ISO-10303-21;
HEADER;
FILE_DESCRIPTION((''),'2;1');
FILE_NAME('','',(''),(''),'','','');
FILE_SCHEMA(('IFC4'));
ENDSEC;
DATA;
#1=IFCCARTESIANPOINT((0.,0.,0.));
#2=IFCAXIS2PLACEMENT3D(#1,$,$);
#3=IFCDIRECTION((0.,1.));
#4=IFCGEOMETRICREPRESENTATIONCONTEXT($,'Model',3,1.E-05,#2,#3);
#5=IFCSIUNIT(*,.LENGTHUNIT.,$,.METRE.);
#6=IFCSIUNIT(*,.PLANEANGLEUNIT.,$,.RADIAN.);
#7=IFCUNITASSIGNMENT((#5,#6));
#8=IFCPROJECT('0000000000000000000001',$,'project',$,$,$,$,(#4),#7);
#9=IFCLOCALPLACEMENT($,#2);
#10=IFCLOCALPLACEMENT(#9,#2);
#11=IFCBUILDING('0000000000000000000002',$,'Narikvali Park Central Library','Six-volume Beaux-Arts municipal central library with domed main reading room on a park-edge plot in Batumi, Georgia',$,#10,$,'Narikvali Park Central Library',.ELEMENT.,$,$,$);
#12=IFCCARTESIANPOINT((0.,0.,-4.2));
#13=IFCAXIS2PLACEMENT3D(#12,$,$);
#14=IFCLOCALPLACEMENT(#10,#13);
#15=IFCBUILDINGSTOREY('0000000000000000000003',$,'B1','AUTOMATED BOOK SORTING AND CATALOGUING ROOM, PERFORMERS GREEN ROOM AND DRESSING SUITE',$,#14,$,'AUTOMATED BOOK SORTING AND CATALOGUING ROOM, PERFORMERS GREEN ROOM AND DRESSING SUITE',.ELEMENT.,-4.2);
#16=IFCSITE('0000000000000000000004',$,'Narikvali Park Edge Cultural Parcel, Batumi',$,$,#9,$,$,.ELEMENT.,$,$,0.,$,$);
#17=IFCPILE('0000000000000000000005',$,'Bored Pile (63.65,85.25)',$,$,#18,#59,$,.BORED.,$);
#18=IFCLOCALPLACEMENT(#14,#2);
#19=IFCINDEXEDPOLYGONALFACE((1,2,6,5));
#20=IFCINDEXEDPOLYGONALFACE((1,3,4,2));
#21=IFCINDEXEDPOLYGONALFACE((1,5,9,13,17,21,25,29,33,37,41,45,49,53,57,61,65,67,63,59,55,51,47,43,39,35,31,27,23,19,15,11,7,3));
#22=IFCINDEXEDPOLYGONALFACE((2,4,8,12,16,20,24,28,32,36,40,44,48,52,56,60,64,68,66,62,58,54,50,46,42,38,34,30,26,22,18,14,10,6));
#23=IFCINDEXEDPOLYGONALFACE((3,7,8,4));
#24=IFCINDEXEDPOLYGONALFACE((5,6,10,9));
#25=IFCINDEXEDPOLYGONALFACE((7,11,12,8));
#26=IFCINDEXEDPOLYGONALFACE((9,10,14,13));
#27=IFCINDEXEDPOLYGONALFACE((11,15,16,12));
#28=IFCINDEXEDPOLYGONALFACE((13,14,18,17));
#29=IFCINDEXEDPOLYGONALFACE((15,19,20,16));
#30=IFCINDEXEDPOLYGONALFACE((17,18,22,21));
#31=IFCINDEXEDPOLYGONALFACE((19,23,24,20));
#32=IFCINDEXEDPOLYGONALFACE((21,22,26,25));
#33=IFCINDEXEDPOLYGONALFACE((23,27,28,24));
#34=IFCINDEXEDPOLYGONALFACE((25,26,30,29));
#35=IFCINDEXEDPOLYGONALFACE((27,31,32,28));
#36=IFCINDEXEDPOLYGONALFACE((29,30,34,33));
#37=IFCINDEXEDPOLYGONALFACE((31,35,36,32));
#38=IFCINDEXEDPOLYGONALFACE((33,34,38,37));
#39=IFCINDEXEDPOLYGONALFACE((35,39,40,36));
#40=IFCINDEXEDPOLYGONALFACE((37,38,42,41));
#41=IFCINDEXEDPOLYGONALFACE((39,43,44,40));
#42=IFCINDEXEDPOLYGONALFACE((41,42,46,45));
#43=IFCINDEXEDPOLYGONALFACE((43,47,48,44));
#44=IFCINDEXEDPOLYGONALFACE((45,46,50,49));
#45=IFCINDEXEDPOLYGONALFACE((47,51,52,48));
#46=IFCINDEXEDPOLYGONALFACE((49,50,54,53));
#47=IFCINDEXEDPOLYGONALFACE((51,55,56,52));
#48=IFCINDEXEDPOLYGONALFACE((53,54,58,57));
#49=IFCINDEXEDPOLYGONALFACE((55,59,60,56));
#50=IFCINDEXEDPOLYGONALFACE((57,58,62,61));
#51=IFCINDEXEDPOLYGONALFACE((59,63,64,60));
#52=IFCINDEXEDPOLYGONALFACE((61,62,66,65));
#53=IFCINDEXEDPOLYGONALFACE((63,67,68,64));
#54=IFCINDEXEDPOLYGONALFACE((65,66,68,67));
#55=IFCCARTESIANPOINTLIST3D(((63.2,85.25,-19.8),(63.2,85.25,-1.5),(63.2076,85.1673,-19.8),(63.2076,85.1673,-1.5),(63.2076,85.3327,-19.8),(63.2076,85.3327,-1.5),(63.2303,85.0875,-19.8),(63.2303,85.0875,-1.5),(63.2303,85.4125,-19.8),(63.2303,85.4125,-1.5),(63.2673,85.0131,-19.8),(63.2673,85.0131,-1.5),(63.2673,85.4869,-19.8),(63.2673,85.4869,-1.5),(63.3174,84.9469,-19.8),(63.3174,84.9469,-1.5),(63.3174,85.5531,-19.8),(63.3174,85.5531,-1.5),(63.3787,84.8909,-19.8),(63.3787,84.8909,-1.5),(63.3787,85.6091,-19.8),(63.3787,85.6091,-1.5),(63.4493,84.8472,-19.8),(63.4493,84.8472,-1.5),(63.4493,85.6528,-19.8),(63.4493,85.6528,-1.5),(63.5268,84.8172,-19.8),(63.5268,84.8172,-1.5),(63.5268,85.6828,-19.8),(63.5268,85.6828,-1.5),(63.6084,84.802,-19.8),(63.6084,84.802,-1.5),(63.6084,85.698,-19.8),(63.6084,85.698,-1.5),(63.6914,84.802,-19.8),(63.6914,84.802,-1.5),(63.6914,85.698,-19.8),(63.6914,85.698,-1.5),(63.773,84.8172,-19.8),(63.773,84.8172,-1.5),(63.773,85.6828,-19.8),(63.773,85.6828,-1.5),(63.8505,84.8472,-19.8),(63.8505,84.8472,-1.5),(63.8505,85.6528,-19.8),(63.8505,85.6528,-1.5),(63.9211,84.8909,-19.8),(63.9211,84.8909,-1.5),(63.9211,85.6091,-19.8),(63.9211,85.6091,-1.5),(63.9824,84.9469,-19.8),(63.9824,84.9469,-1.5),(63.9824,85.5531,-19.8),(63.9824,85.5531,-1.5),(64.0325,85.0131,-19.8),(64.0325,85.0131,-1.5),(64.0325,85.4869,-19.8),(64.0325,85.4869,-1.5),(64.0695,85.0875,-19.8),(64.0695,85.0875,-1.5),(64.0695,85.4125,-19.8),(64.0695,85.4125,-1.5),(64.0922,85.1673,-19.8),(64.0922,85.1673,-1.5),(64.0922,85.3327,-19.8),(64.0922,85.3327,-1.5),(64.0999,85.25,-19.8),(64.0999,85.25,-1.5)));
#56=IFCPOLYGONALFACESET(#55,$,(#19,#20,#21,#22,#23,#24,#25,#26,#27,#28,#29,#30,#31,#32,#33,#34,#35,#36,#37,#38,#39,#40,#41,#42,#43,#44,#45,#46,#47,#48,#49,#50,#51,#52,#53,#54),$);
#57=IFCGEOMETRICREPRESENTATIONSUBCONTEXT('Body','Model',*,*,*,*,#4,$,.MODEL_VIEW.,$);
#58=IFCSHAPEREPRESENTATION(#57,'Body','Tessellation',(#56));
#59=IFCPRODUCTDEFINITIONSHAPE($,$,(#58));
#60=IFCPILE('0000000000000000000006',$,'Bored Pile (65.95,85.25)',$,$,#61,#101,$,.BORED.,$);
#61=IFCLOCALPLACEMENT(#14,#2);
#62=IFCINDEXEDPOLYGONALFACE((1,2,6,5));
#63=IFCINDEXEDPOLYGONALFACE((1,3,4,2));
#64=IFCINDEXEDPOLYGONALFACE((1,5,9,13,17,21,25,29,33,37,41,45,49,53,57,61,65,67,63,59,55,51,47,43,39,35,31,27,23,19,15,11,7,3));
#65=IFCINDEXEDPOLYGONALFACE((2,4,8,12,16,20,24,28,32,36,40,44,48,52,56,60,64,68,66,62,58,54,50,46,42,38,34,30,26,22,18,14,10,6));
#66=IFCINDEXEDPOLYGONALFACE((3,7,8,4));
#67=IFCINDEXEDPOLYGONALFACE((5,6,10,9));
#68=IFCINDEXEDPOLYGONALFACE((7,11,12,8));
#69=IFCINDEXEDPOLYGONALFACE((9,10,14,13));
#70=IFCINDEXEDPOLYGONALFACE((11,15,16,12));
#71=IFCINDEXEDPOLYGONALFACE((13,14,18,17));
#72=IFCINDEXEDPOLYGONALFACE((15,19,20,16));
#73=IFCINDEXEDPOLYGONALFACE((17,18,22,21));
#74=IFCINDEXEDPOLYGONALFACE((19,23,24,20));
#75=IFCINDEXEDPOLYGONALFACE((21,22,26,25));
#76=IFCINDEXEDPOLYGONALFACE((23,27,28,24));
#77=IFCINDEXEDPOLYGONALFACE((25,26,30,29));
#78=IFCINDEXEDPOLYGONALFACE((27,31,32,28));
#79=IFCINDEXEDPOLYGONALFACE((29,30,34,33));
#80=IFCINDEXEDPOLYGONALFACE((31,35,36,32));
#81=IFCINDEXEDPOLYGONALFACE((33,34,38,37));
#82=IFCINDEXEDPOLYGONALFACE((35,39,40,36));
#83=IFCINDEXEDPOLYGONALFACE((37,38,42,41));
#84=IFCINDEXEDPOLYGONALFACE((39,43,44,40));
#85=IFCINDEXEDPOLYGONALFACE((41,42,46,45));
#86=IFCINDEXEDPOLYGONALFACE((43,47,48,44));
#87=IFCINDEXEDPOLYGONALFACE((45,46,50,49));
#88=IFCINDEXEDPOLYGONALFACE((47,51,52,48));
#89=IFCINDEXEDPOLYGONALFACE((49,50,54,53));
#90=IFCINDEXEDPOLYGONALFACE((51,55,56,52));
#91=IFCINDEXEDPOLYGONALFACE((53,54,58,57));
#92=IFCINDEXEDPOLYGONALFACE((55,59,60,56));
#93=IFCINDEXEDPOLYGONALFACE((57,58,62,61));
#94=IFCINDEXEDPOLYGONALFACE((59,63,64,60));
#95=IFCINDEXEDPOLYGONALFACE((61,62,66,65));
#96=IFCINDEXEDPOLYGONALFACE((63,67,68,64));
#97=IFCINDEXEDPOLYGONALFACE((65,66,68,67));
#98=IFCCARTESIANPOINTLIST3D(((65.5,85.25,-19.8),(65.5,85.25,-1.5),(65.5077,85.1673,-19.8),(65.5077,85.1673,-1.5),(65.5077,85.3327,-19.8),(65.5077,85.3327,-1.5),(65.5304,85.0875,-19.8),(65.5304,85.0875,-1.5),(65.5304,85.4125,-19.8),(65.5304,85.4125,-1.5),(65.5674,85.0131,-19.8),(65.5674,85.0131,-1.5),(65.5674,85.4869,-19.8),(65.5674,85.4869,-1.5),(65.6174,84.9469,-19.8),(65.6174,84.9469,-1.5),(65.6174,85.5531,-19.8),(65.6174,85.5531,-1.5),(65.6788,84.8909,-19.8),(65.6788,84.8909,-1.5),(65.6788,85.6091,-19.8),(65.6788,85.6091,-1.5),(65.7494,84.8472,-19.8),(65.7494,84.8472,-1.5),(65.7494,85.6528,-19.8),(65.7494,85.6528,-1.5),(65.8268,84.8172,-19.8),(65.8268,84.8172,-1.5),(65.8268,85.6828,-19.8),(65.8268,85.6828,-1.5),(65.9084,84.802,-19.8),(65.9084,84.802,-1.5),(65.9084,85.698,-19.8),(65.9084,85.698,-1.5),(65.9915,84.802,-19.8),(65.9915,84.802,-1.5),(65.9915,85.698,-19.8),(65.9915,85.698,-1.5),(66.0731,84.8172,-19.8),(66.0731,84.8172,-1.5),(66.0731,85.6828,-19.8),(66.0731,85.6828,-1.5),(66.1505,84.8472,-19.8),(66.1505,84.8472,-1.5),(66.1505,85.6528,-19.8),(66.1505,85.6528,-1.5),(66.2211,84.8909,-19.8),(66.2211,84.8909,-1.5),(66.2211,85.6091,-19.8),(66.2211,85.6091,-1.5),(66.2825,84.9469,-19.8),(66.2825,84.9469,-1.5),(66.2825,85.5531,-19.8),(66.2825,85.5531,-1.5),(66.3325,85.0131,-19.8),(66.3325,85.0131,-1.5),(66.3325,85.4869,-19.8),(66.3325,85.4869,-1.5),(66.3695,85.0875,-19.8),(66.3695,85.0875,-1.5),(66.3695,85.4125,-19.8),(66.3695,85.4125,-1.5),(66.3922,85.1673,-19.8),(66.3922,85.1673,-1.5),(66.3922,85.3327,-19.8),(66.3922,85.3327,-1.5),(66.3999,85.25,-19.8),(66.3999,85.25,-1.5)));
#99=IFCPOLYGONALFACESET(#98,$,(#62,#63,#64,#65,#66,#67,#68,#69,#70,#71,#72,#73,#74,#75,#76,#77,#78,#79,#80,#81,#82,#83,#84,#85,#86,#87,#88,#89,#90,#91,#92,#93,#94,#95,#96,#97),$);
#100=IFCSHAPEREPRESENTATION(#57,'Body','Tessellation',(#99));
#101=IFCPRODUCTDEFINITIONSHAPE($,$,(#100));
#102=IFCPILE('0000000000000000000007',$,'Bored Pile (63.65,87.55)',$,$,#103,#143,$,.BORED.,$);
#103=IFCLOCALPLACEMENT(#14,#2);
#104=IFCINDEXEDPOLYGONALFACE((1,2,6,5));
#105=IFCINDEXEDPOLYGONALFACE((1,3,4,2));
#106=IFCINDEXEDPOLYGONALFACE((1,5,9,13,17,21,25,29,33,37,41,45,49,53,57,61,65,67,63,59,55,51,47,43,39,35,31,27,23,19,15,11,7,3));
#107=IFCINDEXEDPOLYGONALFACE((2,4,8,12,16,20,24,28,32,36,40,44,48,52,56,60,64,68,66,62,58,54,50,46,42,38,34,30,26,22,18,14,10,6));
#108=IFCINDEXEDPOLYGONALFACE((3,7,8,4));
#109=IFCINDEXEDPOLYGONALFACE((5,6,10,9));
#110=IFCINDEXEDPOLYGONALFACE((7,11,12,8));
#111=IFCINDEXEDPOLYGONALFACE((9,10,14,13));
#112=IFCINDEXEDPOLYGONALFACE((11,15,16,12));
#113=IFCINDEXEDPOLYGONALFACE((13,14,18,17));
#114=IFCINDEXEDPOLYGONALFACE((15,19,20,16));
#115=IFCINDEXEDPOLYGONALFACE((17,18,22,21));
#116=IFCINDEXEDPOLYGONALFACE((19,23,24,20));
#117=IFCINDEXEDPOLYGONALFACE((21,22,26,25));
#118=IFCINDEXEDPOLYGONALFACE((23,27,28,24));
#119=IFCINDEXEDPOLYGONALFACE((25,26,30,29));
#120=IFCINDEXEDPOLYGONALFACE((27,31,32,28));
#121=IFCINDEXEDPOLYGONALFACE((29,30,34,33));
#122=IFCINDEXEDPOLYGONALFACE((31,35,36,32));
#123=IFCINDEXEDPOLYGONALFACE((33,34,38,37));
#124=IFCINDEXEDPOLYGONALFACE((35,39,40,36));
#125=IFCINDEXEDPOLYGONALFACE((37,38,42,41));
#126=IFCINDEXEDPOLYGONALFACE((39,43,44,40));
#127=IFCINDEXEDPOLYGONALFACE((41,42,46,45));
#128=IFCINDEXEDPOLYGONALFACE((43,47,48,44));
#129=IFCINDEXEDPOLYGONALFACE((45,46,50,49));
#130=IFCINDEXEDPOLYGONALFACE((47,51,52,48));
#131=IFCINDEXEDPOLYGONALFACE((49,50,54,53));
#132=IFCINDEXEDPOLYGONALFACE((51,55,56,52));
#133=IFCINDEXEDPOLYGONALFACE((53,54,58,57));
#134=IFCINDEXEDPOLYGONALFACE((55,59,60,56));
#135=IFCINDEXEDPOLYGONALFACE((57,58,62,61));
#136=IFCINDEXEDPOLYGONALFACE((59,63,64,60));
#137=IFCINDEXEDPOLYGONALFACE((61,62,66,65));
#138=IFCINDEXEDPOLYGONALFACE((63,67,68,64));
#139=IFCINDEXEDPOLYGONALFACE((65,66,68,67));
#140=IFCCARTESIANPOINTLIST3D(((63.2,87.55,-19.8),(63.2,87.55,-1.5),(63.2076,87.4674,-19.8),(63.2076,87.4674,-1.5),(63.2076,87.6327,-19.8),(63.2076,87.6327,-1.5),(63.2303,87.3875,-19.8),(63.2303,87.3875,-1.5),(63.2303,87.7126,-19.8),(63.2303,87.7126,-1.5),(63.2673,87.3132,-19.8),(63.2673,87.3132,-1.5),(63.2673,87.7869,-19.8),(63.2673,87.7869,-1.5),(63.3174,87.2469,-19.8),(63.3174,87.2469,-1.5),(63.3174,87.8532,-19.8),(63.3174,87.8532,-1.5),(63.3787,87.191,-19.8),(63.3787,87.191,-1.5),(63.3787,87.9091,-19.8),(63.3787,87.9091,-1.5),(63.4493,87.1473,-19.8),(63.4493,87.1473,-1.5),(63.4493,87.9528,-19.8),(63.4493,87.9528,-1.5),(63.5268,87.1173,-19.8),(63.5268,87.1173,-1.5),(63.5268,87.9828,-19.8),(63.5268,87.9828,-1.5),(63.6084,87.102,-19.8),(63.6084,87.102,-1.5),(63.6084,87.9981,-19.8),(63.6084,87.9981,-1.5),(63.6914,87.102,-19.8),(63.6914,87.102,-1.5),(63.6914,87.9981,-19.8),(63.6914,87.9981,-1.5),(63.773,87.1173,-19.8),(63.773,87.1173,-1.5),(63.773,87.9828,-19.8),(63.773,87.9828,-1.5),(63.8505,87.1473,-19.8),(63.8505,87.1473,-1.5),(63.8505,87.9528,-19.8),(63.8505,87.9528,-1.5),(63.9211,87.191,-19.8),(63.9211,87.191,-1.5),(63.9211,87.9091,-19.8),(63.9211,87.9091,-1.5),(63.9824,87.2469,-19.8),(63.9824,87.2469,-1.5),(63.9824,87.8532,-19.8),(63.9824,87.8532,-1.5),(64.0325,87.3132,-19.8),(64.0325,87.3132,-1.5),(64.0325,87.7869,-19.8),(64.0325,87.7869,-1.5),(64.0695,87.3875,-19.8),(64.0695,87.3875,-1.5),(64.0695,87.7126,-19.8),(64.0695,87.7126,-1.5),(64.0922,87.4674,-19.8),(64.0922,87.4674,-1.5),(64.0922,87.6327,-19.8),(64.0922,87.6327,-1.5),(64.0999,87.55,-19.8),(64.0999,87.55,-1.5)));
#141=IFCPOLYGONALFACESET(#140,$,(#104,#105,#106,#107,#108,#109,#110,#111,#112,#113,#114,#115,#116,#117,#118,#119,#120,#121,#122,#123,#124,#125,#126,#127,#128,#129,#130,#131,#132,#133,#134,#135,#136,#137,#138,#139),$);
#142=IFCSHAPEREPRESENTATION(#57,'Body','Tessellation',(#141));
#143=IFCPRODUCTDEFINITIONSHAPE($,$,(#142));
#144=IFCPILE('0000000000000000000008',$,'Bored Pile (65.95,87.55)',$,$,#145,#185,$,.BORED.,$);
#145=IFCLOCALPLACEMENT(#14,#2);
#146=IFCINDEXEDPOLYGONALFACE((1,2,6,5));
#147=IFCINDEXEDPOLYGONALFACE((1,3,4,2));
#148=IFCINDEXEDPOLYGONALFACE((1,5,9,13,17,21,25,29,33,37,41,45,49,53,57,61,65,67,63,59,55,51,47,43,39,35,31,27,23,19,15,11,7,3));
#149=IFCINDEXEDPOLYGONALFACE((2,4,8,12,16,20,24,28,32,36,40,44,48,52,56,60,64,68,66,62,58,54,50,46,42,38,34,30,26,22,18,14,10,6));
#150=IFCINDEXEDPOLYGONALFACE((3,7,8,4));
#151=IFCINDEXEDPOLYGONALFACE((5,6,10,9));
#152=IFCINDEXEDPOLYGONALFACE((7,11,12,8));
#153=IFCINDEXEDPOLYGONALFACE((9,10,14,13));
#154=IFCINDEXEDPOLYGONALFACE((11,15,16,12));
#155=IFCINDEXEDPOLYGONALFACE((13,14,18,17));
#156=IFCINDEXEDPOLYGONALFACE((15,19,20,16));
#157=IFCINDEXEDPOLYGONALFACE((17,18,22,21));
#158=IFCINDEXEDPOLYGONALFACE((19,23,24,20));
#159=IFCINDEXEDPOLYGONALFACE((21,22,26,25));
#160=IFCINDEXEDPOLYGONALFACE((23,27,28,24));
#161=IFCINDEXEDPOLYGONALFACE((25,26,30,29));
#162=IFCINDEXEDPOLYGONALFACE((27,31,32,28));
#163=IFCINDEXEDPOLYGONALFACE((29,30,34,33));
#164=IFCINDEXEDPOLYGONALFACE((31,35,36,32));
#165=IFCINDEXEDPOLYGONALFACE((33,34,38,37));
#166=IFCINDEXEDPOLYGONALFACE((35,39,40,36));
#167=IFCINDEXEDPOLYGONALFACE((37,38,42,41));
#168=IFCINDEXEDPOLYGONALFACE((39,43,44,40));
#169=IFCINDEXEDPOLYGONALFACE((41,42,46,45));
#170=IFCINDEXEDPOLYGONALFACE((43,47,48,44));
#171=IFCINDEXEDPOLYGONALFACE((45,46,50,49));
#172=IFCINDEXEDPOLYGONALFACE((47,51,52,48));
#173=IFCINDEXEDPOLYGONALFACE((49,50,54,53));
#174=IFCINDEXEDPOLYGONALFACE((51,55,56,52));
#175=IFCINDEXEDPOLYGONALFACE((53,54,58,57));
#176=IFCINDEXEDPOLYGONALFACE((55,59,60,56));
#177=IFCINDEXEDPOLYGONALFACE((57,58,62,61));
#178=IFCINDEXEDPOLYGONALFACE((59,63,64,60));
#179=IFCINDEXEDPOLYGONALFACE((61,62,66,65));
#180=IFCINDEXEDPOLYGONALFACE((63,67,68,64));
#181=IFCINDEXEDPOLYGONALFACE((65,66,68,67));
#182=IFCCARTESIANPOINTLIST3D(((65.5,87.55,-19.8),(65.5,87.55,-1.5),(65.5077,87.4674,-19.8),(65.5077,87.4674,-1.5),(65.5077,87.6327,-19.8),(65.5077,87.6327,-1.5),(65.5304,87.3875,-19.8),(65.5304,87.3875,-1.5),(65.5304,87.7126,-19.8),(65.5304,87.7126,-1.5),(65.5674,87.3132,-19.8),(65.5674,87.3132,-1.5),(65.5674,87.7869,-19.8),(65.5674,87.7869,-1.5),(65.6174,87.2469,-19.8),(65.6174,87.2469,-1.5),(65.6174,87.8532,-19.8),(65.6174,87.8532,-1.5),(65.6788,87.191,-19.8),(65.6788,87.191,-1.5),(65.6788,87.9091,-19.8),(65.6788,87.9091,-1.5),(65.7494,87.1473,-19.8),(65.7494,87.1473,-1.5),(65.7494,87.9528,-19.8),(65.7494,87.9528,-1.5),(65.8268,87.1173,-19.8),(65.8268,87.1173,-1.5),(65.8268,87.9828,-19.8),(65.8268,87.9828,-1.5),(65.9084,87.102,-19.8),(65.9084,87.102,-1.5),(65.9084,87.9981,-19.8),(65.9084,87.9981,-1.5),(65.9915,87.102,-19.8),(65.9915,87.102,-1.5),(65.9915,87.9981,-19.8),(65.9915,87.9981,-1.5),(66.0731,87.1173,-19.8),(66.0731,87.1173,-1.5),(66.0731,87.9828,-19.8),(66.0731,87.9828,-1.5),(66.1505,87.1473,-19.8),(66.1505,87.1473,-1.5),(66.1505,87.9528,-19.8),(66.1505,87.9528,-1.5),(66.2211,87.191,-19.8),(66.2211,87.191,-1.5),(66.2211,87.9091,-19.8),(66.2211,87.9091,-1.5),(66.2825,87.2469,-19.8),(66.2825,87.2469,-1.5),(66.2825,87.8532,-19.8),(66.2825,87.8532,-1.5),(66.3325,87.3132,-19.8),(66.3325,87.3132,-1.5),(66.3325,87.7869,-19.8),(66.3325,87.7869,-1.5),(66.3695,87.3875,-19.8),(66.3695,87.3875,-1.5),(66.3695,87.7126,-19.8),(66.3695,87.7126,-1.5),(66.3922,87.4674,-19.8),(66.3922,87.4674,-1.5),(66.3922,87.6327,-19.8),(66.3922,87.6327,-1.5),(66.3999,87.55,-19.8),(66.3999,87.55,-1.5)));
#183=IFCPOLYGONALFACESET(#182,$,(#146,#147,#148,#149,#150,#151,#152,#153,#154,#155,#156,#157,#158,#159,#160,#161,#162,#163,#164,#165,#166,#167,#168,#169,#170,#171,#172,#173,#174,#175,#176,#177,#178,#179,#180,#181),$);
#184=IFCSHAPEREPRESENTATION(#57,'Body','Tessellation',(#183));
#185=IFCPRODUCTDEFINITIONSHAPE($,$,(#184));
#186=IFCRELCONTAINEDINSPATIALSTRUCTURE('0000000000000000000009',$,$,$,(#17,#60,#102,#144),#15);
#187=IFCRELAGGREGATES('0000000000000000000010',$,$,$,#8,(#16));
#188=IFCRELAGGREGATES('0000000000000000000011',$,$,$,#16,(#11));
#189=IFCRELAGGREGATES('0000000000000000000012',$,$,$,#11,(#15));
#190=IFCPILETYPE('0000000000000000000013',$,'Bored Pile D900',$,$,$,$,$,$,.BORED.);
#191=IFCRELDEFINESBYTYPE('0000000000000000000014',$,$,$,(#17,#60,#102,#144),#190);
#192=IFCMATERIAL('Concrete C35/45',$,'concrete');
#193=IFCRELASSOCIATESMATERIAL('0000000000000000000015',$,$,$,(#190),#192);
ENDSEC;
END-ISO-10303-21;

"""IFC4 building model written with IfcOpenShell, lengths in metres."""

from ifc_helpers import new_model, si_unit, direction, frame, origin, origin_2d, place, context, subcontext, project, spatial, circle, extrude, material, material_profile, profile_set, type_object, element, save


model = new_model("IFC4")

# Units and contexts
model_context = context("Model", 3, precision=1e-05, world=origin(), true_north=direction((0.0, 1.0)))
body_context = subcontext(model_context, "Body", "Model", "MODEL_VIEW")
ifc_project = project(units=[si_unit("LENGTHUNIT", "METRE"), si_unit("PLANEANGLEUNIT", "RADIAN")], contexts=[model_context])

# Site, building, storey
site_placement = place(None, origin())
site = spatial("IfcSite", under=ifc_project, at=site_placement, Name="Narikvali Park Edge Cultural Parcel, Batumi", CompositionType="ELEMENT", RefElevation=0.0)
building_placement = place(site_placement, origin())
building = spatial("IfcBuilding", under=site, at=building_placement, Name="Narikvali Park Central Library", Description="Six-volume Beaux-Arts municipal central library with domed main reading room on a park-edge plot in Batumi, Georgia", LongName="Narikvali Park Central Library", CompositionType="ELEMENT")
storey_placement = place(building_placement, frame((0.0, 0.0, -4.2)))
storey = spatial("IfcBuildingStorey", under=building, at=storey_placement, Name="B1", Description="AUTOMATED BOOK SORTING AND CATALOGUING ROOM, PERFORMERS GREEN ROOM AND DRESSING SUITE", LongName="AUTOMATED BOOK SORTING AND CATALOGUING ROOM, PERFORMERS GREEN ROOM AND DRESSING SUITE", CompositionType="ELEMENT", Elevation=-4.2)

# Piles
ifc_material_1 = material(Name="Concrete C35/45", Category="concrete")
ifc_material_profile_1 = material_profile(ifc_material_1, circle(Radius=0.45, at=origin_2d()), Name="PILE D900")
ifc_profile_set_1 = profile_set([ifc_material_profile_1], Name="Concrete C35/45")
pile_type = type_object("IfcPileType", Name="Bored Pile D900", PredefinedType="BORED", material=ifc_profile_set_1)
for number, where, z_axis, x_axis, name in (
    (1, (63.6499, 85.25, -1.5), (0.0, 0.0, -1.0), (1.0, 0.0, 0.0), "Bored Pile (63.65,85.25)"),
    (2, (65.95, 85.25, -1.5), (0.0, 0.0, -1.0), (1.0, 0.0, 0.0), "Bored Pile (65.95,85.25)"),
    (3, (63.6499, 87.55, -1.5), (0.0, 0.0, -1.0), (1.0, 0.0, 0.0), "Bored Pile (63.65,87.55)"),
    (4, (65.95, 87.55, -1.5), (0.0, 0.0, -1.0), (1.0, 0.0, 0.0), "Bored Pile (65.95,87.55)"),
):
    element("IfcPile", number, at=place(storey_placement, frame(where, z_axis=z_axis, x_axis=x_axis)), inside=storey, type_object=pile_type, Name=name, PredefinedType="BORED", context=body_context, shape_type="SweptSolid", body=[
        extrude(circle(Radius=0.45, at=origin_2d()), origin(), (0.0, 0.0, 1.0), 18.3),
    ])

save(model, "model.ifc")
